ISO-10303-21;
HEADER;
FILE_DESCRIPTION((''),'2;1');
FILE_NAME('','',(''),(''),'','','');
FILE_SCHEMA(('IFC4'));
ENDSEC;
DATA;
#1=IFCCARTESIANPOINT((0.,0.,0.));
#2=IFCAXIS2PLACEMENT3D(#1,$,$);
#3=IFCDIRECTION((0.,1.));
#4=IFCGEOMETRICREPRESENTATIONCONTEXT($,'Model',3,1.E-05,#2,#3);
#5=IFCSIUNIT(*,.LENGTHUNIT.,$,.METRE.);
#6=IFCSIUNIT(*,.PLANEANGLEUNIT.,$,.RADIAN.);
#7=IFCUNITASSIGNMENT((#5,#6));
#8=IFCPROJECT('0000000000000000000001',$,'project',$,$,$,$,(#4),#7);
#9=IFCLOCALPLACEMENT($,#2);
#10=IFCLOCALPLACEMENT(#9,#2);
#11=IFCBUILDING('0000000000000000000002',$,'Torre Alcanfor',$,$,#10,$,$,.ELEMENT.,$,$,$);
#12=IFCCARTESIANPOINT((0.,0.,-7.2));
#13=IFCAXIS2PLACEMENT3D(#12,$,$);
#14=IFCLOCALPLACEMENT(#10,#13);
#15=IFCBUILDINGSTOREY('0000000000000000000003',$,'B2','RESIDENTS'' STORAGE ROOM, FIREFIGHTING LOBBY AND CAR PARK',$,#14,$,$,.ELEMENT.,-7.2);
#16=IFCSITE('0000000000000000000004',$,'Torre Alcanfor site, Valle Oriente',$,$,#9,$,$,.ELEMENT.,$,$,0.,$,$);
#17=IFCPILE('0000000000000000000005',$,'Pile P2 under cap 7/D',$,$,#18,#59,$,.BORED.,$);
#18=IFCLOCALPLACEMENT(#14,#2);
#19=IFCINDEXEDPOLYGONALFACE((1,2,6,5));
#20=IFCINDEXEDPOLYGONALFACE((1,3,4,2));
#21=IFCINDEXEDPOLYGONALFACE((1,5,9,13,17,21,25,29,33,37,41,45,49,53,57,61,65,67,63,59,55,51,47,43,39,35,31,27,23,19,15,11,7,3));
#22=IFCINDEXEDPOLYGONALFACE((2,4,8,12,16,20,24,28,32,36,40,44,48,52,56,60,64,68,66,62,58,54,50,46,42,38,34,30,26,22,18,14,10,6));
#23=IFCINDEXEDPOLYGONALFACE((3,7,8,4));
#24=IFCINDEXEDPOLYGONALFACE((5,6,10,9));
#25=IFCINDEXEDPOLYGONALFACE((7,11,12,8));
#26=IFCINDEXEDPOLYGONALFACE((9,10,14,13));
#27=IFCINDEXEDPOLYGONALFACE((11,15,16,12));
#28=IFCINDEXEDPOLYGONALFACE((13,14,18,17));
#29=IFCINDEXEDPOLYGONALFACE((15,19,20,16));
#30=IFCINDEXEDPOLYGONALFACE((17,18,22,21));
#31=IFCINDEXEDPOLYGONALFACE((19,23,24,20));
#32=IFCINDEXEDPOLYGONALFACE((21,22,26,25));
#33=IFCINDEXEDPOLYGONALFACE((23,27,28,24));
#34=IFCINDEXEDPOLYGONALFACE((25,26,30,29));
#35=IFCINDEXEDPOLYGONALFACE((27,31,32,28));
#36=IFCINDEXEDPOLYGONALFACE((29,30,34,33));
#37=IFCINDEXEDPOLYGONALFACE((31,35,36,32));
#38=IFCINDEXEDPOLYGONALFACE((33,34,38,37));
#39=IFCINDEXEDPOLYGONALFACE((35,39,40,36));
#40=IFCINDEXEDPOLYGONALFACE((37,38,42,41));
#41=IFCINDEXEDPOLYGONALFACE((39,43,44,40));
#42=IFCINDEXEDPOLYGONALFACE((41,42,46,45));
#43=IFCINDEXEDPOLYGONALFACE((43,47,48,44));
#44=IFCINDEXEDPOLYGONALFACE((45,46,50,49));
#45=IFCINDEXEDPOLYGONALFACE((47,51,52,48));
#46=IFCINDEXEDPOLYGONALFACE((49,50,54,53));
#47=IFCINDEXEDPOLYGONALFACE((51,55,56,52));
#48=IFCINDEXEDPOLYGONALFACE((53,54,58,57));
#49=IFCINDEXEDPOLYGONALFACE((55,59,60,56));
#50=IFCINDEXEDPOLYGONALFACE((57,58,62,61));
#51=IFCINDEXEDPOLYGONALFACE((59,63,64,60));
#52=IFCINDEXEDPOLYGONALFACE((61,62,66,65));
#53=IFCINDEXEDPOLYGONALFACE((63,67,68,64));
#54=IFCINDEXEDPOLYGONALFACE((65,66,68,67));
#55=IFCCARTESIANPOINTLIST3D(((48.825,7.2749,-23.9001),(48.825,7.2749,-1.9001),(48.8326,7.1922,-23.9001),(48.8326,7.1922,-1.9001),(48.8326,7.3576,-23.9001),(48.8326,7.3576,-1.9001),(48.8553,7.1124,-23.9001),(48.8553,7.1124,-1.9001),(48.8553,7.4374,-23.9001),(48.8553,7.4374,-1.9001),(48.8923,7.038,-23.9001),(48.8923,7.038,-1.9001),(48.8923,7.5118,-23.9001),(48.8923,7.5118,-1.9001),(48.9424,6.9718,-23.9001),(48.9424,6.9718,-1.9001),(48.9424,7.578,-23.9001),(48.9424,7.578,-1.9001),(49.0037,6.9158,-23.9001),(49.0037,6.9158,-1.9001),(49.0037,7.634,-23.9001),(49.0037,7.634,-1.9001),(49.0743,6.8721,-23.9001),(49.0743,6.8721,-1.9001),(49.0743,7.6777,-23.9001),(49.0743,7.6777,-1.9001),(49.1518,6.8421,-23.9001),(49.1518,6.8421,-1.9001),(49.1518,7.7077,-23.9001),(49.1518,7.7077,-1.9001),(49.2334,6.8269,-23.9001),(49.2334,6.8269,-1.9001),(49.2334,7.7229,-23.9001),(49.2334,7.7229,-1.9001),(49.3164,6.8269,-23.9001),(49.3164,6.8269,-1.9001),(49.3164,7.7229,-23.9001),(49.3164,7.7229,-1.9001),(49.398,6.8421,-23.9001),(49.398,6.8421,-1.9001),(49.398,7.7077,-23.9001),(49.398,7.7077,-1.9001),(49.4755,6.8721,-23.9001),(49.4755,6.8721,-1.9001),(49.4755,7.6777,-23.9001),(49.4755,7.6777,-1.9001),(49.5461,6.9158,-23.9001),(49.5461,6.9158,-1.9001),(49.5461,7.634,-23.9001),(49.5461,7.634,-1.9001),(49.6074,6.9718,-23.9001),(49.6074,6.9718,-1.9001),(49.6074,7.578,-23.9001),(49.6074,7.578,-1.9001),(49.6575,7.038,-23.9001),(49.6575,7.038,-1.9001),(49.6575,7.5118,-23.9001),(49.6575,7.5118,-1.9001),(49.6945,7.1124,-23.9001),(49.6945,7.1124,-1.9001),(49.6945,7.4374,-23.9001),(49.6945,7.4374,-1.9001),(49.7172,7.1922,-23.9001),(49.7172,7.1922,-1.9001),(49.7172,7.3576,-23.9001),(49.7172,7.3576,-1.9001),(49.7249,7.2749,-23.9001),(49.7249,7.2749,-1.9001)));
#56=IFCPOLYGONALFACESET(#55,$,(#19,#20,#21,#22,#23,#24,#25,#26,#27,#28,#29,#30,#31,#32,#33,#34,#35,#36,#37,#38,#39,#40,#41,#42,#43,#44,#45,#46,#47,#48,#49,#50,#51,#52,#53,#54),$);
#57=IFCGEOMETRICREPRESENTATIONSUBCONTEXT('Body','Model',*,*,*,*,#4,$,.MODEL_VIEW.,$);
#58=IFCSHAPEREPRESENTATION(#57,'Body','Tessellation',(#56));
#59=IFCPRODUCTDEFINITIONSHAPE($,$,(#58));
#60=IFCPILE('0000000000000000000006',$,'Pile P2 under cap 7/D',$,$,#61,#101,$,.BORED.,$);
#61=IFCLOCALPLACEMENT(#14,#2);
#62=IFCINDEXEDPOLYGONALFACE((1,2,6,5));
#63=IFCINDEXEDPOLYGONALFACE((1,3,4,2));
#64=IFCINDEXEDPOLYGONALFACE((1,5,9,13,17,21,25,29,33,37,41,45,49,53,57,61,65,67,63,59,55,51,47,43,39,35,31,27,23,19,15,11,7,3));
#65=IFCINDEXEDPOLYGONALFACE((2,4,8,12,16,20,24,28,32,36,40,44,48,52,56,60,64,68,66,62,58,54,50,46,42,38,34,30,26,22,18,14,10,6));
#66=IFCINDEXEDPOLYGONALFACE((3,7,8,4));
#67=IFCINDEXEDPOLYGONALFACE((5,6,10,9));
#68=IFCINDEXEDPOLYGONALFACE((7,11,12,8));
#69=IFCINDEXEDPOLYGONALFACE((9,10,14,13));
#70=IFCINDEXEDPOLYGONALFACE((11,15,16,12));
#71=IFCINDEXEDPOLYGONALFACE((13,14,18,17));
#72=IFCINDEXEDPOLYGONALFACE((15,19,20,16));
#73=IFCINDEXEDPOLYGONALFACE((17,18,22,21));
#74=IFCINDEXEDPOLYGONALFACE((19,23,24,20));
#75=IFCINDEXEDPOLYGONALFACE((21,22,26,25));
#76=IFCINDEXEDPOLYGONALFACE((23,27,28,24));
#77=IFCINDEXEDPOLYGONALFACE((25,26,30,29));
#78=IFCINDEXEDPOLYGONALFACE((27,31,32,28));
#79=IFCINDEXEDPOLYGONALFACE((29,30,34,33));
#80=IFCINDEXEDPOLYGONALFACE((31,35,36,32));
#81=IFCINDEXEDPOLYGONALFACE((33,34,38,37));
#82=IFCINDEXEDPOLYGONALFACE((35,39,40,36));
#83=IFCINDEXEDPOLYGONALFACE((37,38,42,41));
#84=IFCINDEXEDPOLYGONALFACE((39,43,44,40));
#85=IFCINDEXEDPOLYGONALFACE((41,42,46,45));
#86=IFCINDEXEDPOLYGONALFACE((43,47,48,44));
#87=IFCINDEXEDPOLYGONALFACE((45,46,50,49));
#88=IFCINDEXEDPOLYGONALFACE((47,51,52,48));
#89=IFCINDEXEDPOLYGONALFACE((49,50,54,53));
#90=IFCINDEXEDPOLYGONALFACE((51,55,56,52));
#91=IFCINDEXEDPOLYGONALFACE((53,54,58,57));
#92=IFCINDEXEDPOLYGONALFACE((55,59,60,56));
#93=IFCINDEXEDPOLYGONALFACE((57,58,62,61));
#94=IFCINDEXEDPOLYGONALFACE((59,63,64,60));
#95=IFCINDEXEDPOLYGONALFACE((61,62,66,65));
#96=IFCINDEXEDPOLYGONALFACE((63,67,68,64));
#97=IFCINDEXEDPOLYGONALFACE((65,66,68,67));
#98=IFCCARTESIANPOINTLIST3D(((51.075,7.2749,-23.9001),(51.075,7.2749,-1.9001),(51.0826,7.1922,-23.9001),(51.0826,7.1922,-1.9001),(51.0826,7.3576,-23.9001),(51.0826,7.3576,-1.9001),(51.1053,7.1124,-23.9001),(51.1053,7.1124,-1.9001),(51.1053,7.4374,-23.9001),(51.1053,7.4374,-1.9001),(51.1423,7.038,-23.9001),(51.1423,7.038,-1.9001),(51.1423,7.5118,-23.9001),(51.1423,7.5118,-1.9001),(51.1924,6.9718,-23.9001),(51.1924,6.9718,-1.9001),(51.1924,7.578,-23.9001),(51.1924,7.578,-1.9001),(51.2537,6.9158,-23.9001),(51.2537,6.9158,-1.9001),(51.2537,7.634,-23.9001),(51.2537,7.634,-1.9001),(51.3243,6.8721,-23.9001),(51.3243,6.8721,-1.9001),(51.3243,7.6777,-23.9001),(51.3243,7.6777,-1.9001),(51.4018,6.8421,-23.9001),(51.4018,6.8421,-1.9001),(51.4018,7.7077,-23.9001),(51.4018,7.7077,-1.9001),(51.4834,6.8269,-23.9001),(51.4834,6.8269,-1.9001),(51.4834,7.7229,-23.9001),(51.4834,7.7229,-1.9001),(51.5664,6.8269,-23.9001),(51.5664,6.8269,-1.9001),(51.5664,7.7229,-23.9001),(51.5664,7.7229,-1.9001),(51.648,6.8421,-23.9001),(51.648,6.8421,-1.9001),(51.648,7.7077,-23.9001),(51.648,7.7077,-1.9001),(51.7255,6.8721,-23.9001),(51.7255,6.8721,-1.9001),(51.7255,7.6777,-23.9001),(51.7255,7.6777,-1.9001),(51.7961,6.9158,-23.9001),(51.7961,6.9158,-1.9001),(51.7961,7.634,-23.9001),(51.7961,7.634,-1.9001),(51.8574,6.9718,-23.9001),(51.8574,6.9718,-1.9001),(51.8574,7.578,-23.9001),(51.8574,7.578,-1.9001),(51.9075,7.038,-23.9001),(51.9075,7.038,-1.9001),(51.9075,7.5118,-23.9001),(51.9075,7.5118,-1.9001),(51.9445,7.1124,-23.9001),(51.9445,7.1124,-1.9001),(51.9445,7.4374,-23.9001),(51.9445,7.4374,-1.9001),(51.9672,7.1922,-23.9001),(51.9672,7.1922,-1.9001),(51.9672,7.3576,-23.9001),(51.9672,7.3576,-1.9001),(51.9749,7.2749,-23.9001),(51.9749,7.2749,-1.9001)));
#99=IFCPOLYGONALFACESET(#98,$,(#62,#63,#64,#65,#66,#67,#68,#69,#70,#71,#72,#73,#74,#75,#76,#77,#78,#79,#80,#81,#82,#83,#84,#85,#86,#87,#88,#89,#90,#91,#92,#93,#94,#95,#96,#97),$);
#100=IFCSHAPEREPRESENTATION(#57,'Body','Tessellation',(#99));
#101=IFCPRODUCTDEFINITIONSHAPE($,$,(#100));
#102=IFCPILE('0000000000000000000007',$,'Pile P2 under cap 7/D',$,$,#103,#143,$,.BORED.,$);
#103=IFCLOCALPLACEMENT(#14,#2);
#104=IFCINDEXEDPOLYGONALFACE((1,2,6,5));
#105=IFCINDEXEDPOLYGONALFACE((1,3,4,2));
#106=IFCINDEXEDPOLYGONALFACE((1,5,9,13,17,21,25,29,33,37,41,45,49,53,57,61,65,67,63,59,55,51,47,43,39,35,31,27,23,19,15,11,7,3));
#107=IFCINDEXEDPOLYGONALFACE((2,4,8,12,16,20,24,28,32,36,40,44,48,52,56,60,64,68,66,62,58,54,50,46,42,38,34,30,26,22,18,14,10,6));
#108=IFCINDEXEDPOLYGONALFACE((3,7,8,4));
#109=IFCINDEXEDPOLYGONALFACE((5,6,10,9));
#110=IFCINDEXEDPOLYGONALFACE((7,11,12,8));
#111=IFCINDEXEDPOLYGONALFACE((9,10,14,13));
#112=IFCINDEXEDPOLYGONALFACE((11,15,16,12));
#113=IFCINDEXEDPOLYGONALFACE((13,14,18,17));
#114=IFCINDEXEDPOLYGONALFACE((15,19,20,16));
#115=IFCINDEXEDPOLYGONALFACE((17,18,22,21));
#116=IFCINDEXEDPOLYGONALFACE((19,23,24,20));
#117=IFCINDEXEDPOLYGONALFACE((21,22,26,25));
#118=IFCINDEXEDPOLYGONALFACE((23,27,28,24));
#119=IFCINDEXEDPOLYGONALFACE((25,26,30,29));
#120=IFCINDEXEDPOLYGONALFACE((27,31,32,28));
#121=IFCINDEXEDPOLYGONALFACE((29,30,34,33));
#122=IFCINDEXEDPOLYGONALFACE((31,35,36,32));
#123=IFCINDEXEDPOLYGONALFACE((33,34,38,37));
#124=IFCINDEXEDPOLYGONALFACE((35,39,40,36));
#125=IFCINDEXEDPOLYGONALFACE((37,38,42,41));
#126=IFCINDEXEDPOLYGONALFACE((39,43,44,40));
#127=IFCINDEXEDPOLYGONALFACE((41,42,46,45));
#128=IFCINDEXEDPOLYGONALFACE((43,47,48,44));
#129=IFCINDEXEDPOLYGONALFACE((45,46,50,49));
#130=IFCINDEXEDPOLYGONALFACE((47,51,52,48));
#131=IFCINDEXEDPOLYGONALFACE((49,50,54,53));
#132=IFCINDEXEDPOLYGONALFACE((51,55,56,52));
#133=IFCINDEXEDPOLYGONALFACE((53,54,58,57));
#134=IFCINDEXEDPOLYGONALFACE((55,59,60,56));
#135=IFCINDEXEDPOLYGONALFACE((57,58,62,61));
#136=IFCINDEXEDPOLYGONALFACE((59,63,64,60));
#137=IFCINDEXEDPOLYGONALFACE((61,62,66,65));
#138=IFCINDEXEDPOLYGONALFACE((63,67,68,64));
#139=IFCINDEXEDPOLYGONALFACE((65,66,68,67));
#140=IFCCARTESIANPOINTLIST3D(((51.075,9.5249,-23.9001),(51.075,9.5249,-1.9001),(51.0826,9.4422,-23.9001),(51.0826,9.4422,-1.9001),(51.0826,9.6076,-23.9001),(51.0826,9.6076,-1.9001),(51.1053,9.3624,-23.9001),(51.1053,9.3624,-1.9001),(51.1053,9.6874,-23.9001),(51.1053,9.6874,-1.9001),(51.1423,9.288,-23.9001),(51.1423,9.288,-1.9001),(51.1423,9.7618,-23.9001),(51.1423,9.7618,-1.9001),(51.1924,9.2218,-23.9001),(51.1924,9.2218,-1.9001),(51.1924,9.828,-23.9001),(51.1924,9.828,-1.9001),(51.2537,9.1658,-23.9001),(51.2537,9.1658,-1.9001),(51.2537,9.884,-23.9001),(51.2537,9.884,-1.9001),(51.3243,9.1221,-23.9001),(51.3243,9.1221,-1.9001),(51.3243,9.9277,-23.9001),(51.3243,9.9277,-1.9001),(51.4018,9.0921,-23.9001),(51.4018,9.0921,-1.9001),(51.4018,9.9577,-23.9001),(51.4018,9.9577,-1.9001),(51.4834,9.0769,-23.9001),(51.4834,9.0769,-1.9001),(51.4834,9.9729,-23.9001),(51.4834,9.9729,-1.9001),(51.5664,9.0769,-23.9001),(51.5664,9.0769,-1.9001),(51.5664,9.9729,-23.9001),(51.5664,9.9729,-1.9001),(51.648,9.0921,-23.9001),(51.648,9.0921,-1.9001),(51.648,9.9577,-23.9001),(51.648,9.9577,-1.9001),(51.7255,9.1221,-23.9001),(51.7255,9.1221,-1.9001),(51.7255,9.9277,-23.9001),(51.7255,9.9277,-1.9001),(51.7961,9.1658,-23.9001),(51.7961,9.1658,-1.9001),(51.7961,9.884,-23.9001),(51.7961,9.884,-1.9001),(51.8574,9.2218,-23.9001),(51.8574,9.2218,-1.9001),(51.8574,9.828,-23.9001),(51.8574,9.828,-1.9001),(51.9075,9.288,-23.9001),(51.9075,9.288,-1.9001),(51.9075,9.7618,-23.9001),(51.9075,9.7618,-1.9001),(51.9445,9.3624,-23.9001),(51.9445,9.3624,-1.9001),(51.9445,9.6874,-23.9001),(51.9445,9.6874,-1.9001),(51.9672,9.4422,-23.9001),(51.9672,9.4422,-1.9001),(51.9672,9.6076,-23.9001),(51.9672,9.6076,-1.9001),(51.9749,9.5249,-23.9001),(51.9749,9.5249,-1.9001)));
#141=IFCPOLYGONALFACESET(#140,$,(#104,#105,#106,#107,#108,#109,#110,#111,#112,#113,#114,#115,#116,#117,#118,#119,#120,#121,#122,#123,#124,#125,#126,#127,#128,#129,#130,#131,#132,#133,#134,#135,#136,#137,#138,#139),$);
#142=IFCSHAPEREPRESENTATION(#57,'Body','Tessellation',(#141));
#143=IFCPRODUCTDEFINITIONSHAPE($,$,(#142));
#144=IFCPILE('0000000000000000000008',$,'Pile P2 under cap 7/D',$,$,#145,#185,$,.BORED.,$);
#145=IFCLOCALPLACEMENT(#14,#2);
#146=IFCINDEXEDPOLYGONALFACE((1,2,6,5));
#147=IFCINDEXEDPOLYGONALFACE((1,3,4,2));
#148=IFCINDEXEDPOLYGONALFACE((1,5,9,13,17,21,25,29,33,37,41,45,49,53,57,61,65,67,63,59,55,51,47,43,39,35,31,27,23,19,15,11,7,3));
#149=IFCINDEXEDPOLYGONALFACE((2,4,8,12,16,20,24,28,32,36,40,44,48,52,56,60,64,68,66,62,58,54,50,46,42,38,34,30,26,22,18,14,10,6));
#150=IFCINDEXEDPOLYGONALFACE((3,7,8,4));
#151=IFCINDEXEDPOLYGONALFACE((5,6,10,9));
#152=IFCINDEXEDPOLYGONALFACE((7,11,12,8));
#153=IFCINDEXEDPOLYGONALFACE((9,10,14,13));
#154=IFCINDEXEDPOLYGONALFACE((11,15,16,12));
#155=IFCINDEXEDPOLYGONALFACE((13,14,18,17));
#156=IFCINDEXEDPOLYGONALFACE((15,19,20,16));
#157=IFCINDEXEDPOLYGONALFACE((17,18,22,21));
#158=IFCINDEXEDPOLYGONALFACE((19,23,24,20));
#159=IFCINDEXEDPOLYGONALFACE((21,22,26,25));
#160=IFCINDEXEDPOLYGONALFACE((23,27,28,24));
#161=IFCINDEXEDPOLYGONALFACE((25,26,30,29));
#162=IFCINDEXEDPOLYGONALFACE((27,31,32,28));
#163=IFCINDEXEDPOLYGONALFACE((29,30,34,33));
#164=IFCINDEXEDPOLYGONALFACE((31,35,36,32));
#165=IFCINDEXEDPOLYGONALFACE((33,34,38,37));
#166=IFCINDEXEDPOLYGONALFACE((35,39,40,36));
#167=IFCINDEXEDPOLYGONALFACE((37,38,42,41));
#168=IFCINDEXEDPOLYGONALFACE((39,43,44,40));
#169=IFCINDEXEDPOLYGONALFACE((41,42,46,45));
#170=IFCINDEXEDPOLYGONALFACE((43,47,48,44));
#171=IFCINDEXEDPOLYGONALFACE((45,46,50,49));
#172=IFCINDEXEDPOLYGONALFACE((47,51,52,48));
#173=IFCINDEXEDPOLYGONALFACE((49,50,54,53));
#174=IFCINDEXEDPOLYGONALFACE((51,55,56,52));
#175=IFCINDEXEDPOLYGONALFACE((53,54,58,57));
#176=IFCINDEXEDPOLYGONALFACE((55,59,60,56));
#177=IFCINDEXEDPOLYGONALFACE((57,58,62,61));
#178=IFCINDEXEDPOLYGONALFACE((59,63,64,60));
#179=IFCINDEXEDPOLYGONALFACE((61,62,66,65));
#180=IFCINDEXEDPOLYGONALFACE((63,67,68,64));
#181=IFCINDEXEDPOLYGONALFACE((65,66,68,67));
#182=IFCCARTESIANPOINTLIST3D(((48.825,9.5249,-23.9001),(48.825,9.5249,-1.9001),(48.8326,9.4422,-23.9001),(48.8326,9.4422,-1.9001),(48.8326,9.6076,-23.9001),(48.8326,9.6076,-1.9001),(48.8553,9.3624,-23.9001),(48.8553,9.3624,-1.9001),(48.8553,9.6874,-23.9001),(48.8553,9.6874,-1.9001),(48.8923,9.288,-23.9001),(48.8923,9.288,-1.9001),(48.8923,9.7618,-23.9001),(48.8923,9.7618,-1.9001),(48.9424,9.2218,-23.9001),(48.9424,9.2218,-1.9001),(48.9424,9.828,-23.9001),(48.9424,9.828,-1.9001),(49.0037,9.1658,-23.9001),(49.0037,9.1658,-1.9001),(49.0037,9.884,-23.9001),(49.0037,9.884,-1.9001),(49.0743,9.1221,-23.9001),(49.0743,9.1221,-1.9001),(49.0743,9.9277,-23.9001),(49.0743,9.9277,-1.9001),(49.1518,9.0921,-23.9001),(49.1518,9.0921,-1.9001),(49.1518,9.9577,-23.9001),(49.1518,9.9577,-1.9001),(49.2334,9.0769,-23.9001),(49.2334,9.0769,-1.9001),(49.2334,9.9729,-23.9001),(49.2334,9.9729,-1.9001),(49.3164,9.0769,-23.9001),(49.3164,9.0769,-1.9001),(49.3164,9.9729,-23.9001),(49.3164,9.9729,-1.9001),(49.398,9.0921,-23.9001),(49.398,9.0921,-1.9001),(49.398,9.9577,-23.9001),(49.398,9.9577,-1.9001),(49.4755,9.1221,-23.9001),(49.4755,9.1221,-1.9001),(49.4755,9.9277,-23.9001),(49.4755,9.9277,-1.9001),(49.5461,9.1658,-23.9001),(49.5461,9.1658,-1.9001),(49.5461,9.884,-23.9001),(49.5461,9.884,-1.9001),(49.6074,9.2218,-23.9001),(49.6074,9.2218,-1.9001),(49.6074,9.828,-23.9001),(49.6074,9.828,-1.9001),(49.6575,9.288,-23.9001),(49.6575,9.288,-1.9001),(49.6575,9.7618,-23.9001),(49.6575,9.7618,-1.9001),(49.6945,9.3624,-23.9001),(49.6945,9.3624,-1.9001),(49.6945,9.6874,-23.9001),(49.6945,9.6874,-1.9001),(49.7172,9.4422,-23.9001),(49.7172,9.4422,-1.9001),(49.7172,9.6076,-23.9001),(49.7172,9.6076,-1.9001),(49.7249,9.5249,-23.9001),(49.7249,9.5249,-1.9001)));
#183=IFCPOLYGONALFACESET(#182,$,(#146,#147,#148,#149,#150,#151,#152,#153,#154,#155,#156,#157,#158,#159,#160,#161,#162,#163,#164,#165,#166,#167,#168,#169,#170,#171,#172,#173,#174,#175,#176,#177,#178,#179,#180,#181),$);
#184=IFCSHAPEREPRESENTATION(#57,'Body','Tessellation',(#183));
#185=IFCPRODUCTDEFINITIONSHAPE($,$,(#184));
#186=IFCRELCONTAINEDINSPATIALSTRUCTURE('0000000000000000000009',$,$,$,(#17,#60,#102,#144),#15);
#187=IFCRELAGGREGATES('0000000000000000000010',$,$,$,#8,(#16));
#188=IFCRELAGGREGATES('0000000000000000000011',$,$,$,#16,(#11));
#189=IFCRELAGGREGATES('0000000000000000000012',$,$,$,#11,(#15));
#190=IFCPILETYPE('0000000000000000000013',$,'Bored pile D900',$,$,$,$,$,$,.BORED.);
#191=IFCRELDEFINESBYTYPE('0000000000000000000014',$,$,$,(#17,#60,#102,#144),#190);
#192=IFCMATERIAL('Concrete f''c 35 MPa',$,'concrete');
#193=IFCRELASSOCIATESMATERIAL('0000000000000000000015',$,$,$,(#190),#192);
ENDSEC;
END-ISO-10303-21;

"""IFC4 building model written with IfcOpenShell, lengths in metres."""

from ifc_helpers import new_model, si_unit, direction, frame, origin, origin_2d, place, context, subcontext, project, spatial, circle, extrude, material, material_profile, profile_set, type_object, element, save


model = new_model("IFC4")

# Units and contexts
model_context = context("Model", 3, precision=1e-05, world=origin(), true_north=direction((0.0, 1.0)))
body_context = subcontext(model_context, "Body", "Model", "MODEL_VIEW")
ifc_project = project(units=[si_unit("LENGTHUNIT", "METRE"), si_unit("PLANEANGLEUNIT", "RADIAN")], contexts=[model_context])

# Site, building, storey
site_placement = place(None, origin())
site = spatial("IfcSite", under=ifc_project, at=site_placement, Name="Torre Alcanfor site, Valle Oriente", CompositionType="ELEMENT", RefElevation=0.0)
building_placement = place(site_placement, origin())
building = spatial("IfcBuilding", under=site, at=building_placement, Name="Torre Alcanfor", CompositionType="ELEMENT")
storey_placement = place(building_placement, frame((0.0, 0.0, -7.2)))
storey = spatial("IfcBuildingStorey", under=building, at=storey_placement, Name="B2", Description="RESIDENTS' STORAGE ROOM, FIREFIGHTING LOBBY AND CAR PARK", CompositionType="ELEMENT", Elevation=-7.2)

# Piles
ifc_material_1 = material(Name="Concrete f'c 35 MPa", Category="concrete")
ifc_material_profile_1 = material_profile(ifc_material_1, circle(Radius=0.45, at=origin_2d()), Name="D900")
ifc_profile_set_1 = profile_set([ifc_material_profile_1], Name="Concrete f'c 35 MPa")
pile_type = type_object("IfcPileType", Name="Bored pile D900", PredefinedType="BORED", material=ifc_profile_set_1)
for number, where, z_axis, x_axis, name in (
    (1, (49.2749, 7.2749, -1.9001), (0.0, 0.0, -1.0), (1.0, 0.0, 0.0), "Pile P2 under cap 7/D"),
    (2, (51.5249, 7.2749, -1.9001), (0.0, 0.0, -1.0), (1.0, 0.0, 0.0), "Pile P2 under cap 7/D"),
    (3, (51.5249, 9.5249, -1.9001), (0.0, 0.0, -1.0), (1.0, 0.0, 0.0), "Pile P2 under cap 7/D"),
    (4, (49.2749, 9.5249, -1.9001), (0.0, 0.0, -1.0), (1.0, 0.0, 0.0), "Pile P2 under cap 7/D"),
):
    element("IfcPile", number, at=place(storey_placement, frame(where, z_axis=z_axis, x_axis=x_axis)), inside=storey, type_object=pile_type, Name=name, PredefinedType="BORED", context=body_context, shape_type="SweptSolid", body=[
        extrude(circle(Radius=0.45, at=origin_2d()), origin(), (0.0, 0.0, 1.0), 22.0),
    ])

save(model, "model.ifc")
